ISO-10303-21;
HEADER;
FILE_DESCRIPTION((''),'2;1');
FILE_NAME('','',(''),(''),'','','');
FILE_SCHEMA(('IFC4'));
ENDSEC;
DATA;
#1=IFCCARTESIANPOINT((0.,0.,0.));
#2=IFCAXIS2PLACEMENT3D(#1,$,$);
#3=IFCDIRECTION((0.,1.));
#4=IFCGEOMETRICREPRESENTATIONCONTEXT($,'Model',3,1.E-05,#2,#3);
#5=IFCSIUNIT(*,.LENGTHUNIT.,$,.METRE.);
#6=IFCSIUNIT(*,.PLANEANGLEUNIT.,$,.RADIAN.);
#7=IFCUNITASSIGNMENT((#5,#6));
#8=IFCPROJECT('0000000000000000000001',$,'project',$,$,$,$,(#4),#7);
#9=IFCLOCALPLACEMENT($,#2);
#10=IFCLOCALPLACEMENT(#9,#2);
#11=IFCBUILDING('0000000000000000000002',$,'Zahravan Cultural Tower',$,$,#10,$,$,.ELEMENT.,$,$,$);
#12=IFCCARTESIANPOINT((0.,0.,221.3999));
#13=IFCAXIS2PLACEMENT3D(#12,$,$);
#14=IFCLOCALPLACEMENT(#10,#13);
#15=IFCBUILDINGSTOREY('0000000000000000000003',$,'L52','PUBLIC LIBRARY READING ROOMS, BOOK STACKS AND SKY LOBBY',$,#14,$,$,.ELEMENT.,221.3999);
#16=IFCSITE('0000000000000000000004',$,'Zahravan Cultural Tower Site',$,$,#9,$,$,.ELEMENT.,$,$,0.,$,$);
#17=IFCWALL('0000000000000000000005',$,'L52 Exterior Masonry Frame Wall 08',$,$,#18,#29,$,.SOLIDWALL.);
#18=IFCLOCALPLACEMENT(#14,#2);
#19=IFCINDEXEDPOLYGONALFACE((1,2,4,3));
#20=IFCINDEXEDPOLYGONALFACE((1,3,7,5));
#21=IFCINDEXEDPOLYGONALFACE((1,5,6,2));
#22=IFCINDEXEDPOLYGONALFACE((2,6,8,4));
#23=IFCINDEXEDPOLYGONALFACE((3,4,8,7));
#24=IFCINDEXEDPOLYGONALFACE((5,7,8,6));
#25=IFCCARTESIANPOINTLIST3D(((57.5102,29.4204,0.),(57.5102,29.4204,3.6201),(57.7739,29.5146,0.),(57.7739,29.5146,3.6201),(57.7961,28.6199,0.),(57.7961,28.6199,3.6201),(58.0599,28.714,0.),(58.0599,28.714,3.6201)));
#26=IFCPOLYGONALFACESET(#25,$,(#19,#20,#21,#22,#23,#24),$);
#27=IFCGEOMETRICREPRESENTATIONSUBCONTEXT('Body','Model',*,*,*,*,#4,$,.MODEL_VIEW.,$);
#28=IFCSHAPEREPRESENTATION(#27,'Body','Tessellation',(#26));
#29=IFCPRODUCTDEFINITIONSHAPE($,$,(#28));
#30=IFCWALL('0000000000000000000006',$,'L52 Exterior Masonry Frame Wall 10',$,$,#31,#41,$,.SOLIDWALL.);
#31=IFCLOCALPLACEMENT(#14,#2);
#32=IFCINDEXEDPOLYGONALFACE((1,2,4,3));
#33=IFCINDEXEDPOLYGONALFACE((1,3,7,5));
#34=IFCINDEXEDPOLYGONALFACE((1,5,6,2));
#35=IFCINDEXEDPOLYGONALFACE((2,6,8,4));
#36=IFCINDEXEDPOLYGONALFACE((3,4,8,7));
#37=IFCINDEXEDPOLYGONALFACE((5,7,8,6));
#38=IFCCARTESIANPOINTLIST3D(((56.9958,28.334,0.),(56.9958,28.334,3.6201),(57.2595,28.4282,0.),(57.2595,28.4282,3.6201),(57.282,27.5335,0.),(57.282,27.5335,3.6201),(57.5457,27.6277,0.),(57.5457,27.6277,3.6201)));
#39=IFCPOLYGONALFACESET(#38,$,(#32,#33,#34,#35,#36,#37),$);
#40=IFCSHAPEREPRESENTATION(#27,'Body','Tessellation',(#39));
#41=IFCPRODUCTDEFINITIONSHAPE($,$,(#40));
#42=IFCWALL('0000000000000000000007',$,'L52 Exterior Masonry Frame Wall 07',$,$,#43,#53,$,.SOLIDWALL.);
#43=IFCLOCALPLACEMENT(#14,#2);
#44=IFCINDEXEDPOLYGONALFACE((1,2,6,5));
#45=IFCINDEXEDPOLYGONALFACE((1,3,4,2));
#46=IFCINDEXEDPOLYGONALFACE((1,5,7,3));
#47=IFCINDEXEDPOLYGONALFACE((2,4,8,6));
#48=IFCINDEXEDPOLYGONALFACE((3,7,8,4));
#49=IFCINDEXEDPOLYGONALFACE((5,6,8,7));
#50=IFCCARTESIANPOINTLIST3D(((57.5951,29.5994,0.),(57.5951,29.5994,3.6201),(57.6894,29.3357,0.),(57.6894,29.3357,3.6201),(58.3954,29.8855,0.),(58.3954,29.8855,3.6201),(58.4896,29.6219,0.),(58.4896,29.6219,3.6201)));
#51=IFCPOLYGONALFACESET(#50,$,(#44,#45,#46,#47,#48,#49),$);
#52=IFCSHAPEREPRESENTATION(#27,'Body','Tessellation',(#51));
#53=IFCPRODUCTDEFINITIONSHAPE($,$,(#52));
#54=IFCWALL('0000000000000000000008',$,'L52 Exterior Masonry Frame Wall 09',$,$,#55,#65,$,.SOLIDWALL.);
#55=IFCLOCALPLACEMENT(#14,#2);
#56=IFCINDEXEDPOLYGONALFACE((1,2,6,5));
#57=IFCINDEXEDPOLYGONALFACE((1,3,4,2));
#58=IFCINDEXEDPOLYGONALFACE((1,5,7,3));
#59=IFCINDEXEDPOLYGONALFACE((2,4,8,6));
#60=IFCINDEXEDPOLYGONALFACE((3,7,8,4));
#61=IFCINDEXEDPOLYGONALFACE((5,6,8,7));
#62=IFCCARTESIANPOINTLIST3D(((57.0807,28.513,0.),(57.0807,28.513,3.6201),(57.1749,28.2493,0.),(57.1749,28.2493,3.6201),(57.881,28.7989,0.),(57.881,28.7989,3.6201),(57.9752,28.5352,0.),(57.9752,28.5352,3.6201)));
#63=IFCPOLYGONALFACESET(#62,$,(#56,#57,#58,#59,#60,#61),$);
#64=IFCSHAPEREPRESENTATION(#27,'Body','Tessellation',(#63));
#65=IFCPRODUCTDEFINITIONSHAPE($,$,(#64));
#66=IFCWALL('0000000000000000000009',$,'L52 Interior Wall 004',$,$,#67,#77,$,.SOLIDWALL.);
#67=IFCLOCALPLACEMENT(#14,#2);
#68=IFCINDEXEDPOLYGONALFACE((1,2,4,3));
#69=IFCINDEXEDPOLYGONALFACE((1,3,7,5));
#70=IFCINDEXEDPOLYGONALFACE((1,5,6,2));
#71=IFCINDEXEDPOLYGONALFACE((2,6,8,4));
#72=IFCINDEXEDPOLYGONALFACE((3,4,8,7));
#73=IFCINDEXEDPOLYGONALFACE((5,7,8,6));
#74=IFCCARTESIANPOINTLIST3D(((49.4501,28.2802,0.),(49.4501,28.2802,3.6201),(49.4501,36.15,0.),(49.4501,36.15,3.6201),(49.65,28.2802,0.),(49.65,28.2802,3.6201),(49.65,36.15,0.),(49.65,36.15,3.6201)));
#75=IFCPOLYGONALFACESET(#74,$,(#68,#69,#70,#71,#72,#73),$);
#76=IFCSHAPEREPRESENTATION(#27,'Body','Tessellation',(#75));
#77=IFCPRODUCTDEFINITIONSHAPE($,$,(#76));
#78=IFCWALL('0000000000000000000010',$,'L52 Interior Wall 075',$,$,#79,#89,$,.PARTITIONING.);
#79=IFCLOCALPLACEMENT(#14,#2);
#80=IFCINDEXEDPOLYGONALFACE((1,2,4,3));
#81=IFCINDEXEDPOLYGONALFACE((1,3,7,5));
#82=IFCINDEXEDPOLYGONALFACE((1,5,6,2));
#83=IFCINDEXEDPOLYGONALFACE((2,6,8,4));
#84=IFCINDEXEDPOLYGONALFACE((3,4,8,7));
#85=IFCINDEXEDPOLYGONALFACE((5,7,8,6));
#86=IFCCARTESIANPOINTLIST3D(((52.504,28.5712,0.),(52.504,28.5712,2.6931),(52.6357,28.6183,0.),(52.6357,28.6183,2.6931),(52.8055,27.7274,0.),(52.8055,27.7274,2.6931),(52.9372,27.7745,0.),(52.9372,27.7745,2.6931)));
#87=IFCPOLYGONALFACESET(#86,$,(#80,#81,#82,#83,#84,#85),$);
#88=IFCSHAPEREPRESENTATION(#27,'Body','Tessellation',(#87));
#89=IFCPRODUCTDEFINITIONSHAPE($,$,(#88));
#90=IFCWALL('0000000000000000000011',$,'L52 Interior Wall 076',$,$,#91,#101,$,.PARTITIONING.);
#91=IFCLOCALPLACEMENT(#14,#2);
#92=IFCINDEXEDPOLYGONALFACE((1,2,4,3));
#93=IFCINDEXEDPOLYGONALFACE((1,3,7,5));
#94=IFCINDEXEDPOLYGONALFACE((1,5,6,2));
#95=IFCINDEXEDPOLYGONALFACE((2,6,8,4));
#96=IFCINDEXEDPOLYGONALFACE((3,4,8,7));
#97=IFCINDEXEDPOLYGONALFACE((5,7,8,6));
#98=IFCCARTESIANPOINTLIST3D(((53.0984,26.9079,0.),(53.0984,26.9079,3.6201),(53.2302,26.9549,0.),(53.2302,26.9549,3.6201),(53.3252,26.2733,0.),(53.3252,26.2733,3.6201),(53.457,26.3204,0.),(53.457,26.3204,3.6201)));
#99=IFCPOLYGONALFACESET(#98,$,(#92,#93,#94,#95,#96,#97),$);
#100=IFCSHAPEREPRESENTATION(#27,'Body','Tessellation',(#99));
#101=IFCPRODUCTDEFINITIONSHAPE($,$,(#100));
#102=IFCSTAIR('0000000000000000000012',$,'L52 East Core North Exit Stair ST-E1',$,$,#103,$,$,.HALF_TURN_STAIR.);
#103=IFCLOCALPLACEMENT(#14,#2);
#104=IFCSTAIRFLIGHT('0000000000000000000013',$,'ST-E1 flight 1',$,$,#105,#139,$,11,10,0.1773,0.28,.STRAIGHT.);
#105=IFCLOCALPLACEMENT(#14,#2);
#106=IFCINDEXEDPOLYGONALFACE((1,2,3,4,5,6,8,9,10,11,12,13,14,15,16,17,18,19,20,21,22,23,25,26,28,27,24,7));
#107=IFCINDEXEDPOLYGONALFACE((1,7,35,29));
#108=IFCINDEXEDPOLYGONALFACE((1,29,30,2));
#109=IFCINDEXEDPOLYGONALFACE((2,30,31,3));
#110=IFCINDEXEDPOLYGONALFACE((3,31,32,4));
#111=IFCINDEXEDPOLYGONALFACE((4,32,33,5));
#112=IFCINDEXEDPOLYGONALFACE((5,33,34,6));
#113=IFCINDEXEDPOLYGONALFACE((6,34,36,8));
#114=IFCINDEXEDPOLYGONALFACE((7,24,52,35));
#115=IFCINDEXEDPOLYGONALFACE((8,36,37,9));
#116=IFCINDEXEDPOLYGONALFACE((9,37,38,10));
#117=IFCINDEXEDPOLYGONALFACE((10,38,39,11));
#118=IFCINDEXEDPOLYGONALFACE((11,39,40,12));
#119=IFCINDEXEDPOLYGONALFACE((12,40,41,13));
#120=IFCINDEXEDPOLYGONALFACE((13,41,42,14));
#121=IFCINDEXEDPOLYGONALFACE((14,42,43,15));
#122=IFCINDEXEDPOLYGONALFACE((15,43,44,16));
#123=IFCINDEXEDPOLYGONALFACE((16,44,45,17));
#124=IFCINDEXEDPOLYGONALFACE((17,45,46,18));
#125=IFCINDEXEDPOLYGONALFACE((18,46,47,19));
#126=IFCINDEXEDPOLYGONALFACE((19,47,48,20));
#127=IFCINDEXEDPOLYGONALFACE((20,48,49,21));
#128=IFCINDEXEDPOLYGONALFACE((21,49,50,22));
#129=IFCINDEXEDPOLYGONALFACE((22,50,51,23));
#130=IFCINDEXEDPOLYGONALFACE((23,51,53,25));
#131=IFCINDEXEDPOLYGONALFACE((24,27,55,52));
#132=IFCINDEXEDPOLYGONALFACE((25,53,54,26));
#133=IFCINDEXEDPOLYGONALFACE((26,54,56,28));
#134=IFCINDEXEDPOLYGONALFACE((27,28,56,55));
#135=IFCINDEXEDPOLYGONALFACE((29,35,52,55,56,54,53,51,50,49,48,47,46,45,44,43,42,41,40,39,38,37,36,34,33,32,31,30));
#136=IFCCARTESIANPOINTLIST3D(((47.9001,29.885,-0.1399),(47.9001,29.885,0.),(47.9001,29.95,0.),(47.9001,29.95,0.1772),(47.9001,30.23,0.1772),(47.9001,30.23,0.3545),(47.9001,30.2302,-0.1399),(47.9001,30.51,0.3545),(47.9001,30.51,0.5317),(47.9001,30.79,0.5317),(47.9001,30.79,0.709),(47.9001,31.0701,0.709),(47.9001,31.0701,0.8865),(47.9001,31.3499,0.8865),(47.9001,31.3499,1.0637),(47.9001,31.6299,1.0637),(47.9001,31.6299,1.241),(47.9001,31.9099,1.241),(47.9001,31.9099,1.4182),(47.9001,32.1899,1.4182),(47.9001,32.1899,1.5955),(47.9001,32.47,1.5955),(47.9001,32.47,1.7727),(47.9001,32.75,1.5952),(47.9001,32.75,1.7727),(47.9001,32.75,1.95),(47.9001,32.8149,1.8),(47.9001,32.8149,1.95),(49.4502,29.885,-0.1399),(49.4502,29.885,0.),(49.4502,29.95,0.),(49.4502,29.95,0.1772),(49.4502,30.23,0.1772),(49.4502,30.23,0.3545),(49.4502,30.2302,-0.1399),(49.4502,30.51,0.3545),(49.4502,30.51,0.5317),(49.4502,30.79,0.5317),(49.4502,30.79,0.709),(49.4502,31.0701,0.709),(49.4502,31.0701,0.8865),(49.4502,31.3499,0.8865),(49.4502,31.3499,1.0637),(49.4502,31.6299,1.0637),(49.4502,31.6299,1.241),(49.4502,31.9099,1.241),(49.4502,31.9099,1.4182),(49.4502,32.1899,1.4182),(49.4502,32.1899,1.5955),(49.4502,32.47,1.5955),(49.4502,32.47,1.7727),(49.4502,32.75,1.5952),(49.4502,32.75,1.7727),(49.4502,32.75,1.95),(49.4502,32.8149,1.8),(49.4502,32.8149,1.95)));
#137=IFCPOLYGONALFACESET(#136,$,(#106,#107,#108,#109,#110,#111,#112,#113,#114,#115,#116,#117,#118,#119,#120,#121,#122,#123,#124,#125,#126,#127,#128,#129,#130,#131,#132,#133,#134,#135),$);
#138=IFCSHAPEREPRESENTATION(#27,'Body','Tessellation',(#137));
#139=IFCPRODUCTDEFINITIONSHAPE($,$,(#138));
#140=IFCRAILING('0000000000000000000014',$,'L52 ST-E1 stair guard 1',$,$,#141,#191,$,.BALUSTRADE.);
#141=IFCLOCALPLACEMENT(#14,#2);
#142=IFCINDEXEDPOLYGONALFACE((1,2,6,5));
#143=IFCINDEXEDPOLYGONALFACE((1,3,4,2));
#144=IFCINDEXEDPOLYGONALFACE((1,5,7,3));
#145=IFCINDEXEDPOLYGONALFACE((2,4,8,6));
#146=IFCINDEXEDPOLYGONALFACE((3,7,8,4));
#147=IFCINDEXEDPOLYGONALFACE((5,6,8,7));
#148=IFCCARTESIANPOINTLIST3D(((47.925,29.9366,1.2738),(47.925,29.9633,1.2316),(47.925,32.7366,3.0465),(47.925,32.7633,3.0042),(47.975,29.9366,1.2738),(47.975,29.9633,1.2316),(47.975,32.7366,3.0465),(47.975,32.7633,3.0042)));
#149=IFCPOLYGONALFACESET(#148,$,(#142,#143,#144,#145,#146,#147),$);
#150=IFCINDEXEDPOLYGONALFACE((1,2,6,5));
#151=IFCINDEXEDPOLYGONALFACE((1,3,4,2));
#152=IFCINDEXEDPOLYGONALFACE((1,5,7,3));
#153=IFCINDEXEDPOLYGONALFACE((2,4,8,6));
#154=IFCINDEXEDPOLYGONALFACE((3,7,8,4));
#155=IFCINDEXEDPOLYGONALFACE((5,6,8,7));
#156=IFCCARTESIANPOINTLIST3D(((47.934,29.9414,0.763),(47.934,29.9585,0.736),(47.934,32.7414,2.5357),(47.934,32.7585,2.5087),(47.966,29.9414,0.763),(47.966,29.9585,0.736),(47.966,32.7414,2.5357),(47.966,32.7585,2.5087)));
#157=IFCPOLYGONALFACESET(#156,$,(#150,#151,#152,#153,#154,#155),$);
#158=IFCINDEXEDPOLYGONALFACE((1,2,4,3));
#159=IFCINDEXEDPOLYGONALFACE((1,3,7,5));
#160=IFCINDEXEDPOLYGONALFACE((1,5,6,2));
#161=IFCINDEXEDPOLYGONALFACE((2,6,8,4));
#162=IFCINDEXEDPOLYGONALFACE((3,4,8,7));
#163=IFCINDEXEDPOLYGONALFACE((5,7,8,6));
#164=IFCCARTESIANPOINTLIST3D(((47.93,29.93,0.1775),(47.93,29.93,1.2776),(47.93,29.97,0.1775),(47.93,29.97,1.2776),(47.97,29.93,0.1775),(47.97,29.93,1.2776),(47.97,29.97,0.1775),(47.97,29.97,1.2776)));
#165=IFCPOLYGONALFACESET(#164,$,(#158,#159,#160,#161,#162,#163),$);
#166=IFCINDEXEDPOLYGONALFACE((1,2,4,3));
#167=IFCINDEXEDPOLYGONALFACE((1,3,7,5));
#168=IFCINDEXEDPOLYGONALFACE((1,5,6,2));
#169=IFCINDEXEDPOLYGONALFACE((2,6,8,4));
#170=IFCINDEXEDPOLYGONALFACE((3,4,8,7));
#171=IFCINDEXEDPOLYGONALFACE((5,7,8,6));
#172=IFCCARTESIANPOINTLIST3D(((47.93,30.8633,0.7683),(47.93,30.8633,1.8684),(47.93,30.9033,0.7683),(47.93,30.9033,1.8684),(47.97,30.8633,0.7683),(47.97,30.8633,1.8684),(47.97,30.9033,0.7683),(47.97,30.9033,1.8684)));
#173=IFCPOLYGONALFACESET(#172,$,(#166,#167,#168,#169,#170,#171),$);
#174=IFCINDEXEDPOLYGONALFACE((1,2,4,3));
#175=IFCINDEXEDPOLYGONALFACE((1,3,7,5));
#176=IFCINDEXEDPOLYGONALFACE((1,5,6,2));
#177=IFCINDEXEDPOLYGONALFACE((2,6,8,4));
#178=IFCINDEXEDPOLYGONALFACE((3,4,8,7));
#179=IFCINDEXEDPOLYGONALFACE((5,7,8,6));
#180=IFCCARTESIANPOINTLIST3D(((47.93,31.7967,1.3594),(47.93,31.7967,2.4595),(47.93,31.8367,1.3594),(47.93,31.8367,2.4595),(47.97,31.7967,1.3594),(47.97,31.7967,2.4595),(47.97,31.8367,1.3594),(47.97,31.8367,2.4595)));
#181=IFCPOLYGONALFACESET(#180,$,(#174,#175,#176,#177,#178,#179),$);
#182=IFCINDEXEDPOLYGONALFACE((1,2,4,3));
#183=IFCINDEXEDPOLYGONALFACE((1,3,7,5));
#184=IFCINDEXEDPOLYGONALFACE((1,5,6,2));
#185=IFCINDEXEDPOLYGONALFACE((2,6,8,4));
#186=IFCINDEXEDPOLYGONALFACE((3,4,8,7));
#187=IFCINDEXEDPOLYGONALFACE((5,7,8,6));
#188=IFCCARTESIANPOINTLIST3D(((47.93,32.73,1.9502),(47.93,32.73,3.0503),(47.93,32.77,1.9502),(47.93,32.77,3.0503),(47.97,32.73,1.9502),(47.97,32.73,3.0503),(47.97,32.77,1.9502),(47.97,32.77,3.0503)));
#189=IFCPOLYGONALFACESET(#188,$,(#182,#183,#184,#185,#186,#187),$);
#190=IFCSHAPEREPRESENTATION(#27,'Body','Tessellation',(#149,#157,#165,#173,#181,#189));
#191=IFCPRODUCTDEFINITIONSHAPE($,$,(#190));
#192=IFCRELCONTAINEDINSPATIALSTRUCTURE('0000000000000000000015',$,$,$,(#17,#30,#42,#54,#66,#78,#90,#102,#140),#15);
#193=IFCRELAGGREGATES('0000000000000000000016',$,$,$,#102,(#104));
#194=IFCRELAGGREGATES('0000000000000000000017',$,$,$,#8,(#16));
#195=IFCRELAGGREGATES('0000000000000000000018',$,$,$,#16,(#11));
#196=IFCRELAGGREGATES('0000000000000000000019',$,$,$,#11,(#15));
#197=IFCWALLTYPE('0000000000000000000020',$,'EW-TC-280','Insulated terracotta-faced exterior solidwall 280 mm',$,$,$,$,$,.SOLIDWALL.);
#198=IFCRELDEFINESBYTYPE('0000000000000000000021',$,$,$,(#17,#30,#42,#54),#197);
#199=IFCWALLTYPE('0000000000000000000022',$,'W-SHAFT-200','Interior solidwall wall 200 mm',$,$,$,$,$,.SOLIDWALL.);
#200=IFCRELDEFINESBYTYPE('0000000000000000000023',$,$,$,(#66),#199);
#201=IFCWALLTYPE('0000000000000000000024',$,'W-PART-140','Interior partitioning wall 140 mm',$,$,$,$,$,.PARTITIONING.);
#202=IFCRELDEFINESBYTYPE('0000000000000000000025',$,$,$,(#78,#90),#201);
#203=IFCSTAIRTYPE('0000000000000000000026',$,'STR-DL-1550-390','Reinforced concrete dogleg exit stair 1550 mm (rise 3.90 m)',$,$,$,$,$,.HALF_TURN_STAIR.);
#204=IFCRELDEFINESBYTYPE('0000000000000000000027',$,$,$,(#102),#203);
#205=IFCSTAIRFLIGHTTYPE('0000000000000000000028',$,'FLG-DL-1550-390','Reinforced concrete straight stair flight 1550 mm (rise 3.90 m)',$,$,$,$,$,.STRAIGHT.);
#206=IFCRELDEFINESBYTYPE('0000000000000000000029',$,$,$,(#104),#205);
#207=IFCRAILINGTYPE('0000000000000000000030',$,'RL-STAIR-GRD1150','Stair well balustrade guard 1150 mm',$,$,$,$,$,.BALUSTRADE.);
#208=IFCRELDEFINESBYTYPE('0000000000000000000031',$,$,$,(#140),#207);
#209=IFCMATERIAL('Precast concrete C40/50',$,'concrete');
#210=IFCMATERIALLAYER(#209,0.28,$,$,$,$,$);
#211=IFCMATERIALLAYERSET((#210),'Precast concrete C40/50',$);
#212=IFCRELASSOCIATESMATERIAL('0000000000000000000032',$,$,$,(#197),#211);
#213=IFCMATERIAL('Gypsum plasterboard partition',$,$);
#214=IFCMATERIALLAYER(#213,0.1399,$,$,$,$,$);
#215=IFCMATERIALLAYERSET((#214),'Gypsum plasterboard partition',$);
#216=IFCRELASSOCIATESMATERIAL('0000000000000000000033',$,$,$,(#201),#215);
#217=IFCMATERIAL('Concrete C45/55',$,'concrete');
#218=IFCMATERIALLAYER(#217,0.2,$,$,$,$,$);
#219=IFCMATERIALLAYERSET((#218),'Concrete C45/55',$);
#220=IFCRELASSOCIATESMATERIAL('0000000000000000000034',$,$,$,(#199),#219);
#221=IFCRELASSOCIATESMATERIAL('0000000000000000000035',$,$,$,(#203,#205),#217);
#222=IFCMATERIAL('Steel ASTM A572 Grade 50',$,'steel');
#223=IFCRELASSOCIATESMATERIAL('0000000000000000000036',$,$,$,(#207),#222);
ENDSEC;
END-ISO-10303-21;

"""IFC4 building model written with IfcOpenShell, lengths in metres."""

from ifc_helpers import new_model, si_unit, direction, frame, frame_2d, origin, origin_2d, place, context, subcontext, project, spatial, polyline, rectangle, outline, extrude, source, transform, mapped, material, layer, layer_set, type_object, element, aggregate, save


model = new_model("IFC4")

# Units and contexts
model_context = context("Model", 3, precision=1e-05, world=origin(), true_north=direction((0.0, 1.0)))
body_context = subcontext(model_context, "Body", "Model", "MODEL_VIEW")
ifc_project = project(units=[si_unit("LENGTHUNIT", "METRE"), si_unit("PLANEANGLEUNIT", "RADIAN")], contexts=[model_context])

# Site, building, storey
site_placement = place(None, origin())
site = spatial("IfcSite", under=ifc_project, at=site_placement, Name="Zahravan Cultural Tower Site", CompositionType="ELEMENT", RefElevation=0.0)
building_placement = place(site_placement, origin())
building = spatial("IfcBuilding", under=site, at=building_placement, Name="Zahravan Cultural Tower", CompositionType="ELEMENT")
storey_placement = place(building_placement, frame((0.0, 0.0, 221.3999)))
storey = spatial("IfcBuildingStorey", under=building, at=storey_placement, Name="L52", Description="PUBLIC LIBRARY READING ROOMS, BOOK STACKS AND SKY LOBBY", CompositionType="ELEMENT", Elevation=221.3999)

# Shared definitions
ifc_material_1 = material(Name="Precast concrete C40/50", Category="concrete")
ifc_layer_1 = layer(ifc_material_1, 0.28)
ifc_layer_set_1 = layer_set([ifc_layer_1], Name="Precast concrete C40/50")
wall_type_1 = type_object("IfcWallType", Name="EW-TC-280", Description="Insulated terracotta-faced exterior solidwall 280 mm", PredefinedType="SOLIDWALL", material=ifc_layer_set_1)

# Shared definitions
ifc_material_2 = material(Name="Gypsum plasterboard partition")
ifc_layer_2 = layer(ifc_material_2, 0.1399)
ifc_layer_set_2 = layer_set([ifc_layer_2], Name="Gypsum plasterboard partition")
wall_type_2 = type_object("IfcWallType", Name="W-PART-140", Description="Interior partitioning wall 140 mm", PredefinedType="PARTITIONING", material=ifc_layer_set_2)

# Walls
shared_shape_1 = source(origin(), body_context, "Body", "SweptSolid", [
    extrude(rectangle(XDim=0.8501, YDim=0.28, at=frame_2d((0.425, 0.0))), origin(), (0.0, 0.0, 1.0), 3.6201),
])
for number, where, z_axis, x_axis, name in (
    (1, (57.6421, 29.4675, 0.0), (0.0, 0.0, 1.0), (0.336318, -0.941748, 0.0), "L52 Exterior Masonry Frame Wall 08"),
    (2, (57.1277, 28.3811, 0.0), (0.0, 0.0, 1.0), (0.336573, -0.941657, 0.0), "L52 Exterior Masonry Frame Wall 10"),
):
    element("IfcWall", number, at=place(storey_placement, frame(where, z_axis=z_axis, x_axis=x_axis)), inside=storey, type_object=wall_type_1, Name=name, PredefinedType="SOLIDWALL", context=body_context, shape_type="MappedRepresentation", body=[
        mapped(shared_shape_1, transform((0.0, 0.0, 0.0), x_axis=(1.0, 0.0, 0.0), y_axis=(0.0, 1.0, 0.0), z_axis=(0.0, 0.0, 1.0), scale=1.0)),
    ])
shared_shape_2 = source(origin(), body_context, "Body", "SweptSolid", [
    extrude(rectangle(XDim=0.8499, YDim=0.28, at=frame_2d((0.4248, 0.0))), origin(), (0.0, 0.0, 1.0), 3.6201),
])
for number, where, z_axis, x_axis, name in (
    (3, (58.4424, 29.7537, 0.0), (0.0, 0.0, 1.0), (-0.941625, -0.336664, 0.0), "L52 Exterior Masonry Frame Wall 07"),
    (4, (57.928, 28.667, 0.0), (0.0, 0.0, 1.0), (-0.941716, -0.336409, 0.0), "L52 Exterior Masonry Frame Wall 09"),
):
    element("IfcWall", number, at=place(storey_placement, frame(where, z_axis=z_axis, x_axis=x_axis)), inside=storey, type_object=wall_type_1, Name=name, PredefinedType="SOLIDWALL", context=body_context, shape_type="MappedRepresentation", body=[
        mapped(shared_shape_2, transform((0.0, 0.0, 0.0), x_axis=(1.0, 0.0, 0.0), y_axis=(0.0, 1.0, 0.0), z_axis=(0.0, 0.0, 1.0), scale=1.0)),
    ])
ifc_material_3 = material(Name="Concrete C45/55", Category="concrete")
ifc_layer_3 = layer(ifc_material_3, 0.2)
ifc_layer_set_3 = layer_set([ifc_layer_3], Name="Concrete C45/55")
wall_type_3 = type_object("IfcWallType", Name="W-SHAFT-200", Description="Interior solidwall wall 200 mm", PredefinedType="SOLIDWALL", material=ifc_layer_set_3)
shared_shape_3 = source(origin(), body_context, "Body", "SweptSolid", [
    extrude(rectangle(XDim=7.8699, YDim=0.2, at=frame_2d((3.9351, 0.0))), origin(), (0.0, 0.0, 1.0), 3.6201),
])
wall_1_placement = place(storey_placement, frame((49.55, 28.28, 0.0), z_axis=(0.0, 0.0, 1.0), x_axis=(0.0, 1.0, 0.0)))
element("IfcWall", 5, at=wall_1_placement, inside=storey, type_object=wall_type_3, Name="L52 Interior Wall 004", PredefinedType="SOLIDWALL", context=body_context, shape_type="MappedRepresentation", body=[
    mapped(shared_shape_3, transform((0.0, 0.0, 0.0), x_axis=(1.0, 0.0, 0.0), y_axis=(0.0, 1.0, 0.0), z_axis=(0.0, 0.0, 1.0), scale=1.0)),
])
shared_shape_4 = source(origin(), body_context, "Body", "SweptSolid", [
    extrude(rectangle(XDim=0.896, YDim=0.1399, at=frame_2d((0.448, 0.0))), origin(), (0.0, 0.0, 1.0), 2.6931),
])
wall_2_placement = place(storey_placement, frame((52.5698, 28.5947, 0.0), z_axis=(0.0, 0.0, 1.0), x_axis=(0.336509, -0.94168, 0.0)))
element("IfcWall", 6, at=wall_2_placement, inside=storey, type_object=wall_type_2, Name="L52 Interior Wall 075", PredefinedType="PARTITIONING", context=body_context, shape_type="MappedRepresentation", body=[
    mapped(shared_shape_4, transform((0.0, 0.0, 0.0), x_axis=(1.0, 0.0, 0.0), y_axis=(0.0, 1.0, 0.0), z_axis=(0.0, 0.0, 1.0), scale=1.0)),
])
shared_shape_5 = source(origin(), body_context, "Body", "SweptSolid", [
    extrude(rectangle(XDim=0.6738, YDim=0.1399, at=frame_2d((0.3369, 0.0))), origin(), (0.0, 0.0, 1.0), 3.6201),
])
wall_3_placement = place(storey_placement, frame((53.1643, 26.9314, 0.0), z_axis=(0.0, 0.0, 1.0), x_axis=(0.336589, -0.941652, 0.0)))
element("IfcWall", 7, at=wall_3_placement, inside=storey, type_object=wall_type_2, Name="L52 Interior Wall 076", PredefinedType="PARTITIONING", context=body_context, shape_type="MappedRepresentation", body=[
    mapped(shared_shape_5, transform((0.0, 0.0, 0.0), x_axis=(1.0, 0.0, 0.0), y_axis=(0.0, 1.0, 0.0), z_axis=(0.0, 0.0, 1.0), scale=1.0)),
])

# Stair, stair flight
stair_type = type_object("IfcStairType", Name="STR-DL-1550-390", Description="Reinforced concrete dogleg exit stair 1550 mm (rise 3.90 m)", PredefinedType="HALF_TURN_STAIR", material=ifc_material_3)
stair_placement = place(storey_placement, origin())
stair = element("IfcStair", 8, at=stair_placement, inside=storey, type_object=stair_type, Name="L52 East Core North Exit Stair ST-E1", PredefinedType="HALF_TURN_STAIR")
stair_flight_type = type_object("IfcStairFlightType", Name="FLG-DL-1550-390", Description="Reinforced concrete straight stair flight 1550 mm (rise 3.90 m)", PredefinedType="STRAIGHT", material=ifc_material_3)
stair_flight_placement = place(storey_placement, frame((48.675, 29.95, 0.0), z_axis=(0.0, 0.0, 1.0), x_axis=(0.0, 1.0, 0.0)))
stair_flight = element("IfcStairFlight", 9, at=stair_flight_placement, type_object=stair_flight_type, Name="ST-E1 flight 1", NumberOfRisers=11, NumberOfTreads=10, PredefinedType="STRAIGHT", RiserHeight=0.1773, TreadLength=0.28, context=body_context, shape_type="SweptSolid", body=[
    extrude(outline(polyline([(-0.0649, -0.1399), (-0.0649, 0.0), (0.0, 0.0), (0.0, 0.1772), (0.28, 0.1772), (0.28, 0.3545), (0.5601, 0.3545), (0.5601, 0.5317), (0.8401, 0.5317), (0.8401, 0.709), (1.1201, 0.709), (1.1201, 0.8865), (1.3999, 0.8865), (1.3999, 1.0637), (1.6799, 1.0637), (1.6799, 1.241), (1.96, 1.241), (1.96, 1.4182), (2.24, 1.4182), (2.24, 1.5955), (2.52, 1.5955), (2.52, 1.7727), (2.8, 1.7727), (2.8, 1.95), (2.865, 1.95), (2.865, 1.8), (2.8, 1.5952), (0.2803, -0.1399), (-0.0649, -0.1399)])), frame((0.0, 0.7749, 0.0), z_axis=(0.0, -1.0, 0.0), x_axis=(1.0, 0.0, 0.0)), (0.0, 0.0, 1.0), 1.55),
])
aggregate(stair, [stair_flight])

# Railing
ifc_material_4 = material(Name="Steel ASTM A572 Grade 50", Category="steel")
railing_type_1 = type_object("IfcRailingType", Name="RL-STAIR-GRD1150", Description="Stair well balustrade guard 1150 mm", PredefinedType="BALUSTRADE", material=ifc_material_4)
railing_1_placement = place(storey_placement, frame((47.95, 29.95, 0.1775)))
element("IfcRailing", 10, at=railing_1_placement, inside=storey, type_object=railing_type_1, Name="L52 ST-E1 stair guard 1", PredefinedType="BALUSTRADE", context=body_context, shape_type="SweptSolid", body=[
    extrude(rectangle(XDim=0.05, YDim=0.05, at=origin_2d()), frame((0.0, 0.0, 1.0752), z_axis=(0.0, 0.844909, 0.53491), x_axis=(-1.0, 0.0, 0.0)), (0.0, 0.0, 1.0), 3.314),
    extrude(rectangle(XDim=0.032, YDim=0.032, at=origin_2d()), frame((0.0, 0.0, 0.572), z_axis=(0.0, 0.844909, 0.53491), x_axis=(-1.0, 0.0, 0.0)), (0.0, 0.0, 1.0), 3.314),
    extrude(rectangle(XDim=0.04, YDim=0.04, at=origin_2d()), origin(), (0.0, 0.0, 1.0), 1.1001),
    extrude(rectangle(XDim=0.04, YDim=0.04, at=origin_2d()), frame((0.0, 0.9333, 0.5908)), (0.0, 0.0, 1.0), 1.1001),
    extrude(rectangle(XDim=0.04, YDim=0.04, at=origin_2d()), frame((0.0, 1.8667, 1.1819)), (0.0, 0.0, 1.0), 1.1001),
    extrude(rectangle(XDim=0.04, YDim=0.04, at=origin_2d()), frame((0.0, 2.8, 1.7727)), (0.0, 0.0, 1.0), 1.1001),
])

save(model, "model.ifc")
